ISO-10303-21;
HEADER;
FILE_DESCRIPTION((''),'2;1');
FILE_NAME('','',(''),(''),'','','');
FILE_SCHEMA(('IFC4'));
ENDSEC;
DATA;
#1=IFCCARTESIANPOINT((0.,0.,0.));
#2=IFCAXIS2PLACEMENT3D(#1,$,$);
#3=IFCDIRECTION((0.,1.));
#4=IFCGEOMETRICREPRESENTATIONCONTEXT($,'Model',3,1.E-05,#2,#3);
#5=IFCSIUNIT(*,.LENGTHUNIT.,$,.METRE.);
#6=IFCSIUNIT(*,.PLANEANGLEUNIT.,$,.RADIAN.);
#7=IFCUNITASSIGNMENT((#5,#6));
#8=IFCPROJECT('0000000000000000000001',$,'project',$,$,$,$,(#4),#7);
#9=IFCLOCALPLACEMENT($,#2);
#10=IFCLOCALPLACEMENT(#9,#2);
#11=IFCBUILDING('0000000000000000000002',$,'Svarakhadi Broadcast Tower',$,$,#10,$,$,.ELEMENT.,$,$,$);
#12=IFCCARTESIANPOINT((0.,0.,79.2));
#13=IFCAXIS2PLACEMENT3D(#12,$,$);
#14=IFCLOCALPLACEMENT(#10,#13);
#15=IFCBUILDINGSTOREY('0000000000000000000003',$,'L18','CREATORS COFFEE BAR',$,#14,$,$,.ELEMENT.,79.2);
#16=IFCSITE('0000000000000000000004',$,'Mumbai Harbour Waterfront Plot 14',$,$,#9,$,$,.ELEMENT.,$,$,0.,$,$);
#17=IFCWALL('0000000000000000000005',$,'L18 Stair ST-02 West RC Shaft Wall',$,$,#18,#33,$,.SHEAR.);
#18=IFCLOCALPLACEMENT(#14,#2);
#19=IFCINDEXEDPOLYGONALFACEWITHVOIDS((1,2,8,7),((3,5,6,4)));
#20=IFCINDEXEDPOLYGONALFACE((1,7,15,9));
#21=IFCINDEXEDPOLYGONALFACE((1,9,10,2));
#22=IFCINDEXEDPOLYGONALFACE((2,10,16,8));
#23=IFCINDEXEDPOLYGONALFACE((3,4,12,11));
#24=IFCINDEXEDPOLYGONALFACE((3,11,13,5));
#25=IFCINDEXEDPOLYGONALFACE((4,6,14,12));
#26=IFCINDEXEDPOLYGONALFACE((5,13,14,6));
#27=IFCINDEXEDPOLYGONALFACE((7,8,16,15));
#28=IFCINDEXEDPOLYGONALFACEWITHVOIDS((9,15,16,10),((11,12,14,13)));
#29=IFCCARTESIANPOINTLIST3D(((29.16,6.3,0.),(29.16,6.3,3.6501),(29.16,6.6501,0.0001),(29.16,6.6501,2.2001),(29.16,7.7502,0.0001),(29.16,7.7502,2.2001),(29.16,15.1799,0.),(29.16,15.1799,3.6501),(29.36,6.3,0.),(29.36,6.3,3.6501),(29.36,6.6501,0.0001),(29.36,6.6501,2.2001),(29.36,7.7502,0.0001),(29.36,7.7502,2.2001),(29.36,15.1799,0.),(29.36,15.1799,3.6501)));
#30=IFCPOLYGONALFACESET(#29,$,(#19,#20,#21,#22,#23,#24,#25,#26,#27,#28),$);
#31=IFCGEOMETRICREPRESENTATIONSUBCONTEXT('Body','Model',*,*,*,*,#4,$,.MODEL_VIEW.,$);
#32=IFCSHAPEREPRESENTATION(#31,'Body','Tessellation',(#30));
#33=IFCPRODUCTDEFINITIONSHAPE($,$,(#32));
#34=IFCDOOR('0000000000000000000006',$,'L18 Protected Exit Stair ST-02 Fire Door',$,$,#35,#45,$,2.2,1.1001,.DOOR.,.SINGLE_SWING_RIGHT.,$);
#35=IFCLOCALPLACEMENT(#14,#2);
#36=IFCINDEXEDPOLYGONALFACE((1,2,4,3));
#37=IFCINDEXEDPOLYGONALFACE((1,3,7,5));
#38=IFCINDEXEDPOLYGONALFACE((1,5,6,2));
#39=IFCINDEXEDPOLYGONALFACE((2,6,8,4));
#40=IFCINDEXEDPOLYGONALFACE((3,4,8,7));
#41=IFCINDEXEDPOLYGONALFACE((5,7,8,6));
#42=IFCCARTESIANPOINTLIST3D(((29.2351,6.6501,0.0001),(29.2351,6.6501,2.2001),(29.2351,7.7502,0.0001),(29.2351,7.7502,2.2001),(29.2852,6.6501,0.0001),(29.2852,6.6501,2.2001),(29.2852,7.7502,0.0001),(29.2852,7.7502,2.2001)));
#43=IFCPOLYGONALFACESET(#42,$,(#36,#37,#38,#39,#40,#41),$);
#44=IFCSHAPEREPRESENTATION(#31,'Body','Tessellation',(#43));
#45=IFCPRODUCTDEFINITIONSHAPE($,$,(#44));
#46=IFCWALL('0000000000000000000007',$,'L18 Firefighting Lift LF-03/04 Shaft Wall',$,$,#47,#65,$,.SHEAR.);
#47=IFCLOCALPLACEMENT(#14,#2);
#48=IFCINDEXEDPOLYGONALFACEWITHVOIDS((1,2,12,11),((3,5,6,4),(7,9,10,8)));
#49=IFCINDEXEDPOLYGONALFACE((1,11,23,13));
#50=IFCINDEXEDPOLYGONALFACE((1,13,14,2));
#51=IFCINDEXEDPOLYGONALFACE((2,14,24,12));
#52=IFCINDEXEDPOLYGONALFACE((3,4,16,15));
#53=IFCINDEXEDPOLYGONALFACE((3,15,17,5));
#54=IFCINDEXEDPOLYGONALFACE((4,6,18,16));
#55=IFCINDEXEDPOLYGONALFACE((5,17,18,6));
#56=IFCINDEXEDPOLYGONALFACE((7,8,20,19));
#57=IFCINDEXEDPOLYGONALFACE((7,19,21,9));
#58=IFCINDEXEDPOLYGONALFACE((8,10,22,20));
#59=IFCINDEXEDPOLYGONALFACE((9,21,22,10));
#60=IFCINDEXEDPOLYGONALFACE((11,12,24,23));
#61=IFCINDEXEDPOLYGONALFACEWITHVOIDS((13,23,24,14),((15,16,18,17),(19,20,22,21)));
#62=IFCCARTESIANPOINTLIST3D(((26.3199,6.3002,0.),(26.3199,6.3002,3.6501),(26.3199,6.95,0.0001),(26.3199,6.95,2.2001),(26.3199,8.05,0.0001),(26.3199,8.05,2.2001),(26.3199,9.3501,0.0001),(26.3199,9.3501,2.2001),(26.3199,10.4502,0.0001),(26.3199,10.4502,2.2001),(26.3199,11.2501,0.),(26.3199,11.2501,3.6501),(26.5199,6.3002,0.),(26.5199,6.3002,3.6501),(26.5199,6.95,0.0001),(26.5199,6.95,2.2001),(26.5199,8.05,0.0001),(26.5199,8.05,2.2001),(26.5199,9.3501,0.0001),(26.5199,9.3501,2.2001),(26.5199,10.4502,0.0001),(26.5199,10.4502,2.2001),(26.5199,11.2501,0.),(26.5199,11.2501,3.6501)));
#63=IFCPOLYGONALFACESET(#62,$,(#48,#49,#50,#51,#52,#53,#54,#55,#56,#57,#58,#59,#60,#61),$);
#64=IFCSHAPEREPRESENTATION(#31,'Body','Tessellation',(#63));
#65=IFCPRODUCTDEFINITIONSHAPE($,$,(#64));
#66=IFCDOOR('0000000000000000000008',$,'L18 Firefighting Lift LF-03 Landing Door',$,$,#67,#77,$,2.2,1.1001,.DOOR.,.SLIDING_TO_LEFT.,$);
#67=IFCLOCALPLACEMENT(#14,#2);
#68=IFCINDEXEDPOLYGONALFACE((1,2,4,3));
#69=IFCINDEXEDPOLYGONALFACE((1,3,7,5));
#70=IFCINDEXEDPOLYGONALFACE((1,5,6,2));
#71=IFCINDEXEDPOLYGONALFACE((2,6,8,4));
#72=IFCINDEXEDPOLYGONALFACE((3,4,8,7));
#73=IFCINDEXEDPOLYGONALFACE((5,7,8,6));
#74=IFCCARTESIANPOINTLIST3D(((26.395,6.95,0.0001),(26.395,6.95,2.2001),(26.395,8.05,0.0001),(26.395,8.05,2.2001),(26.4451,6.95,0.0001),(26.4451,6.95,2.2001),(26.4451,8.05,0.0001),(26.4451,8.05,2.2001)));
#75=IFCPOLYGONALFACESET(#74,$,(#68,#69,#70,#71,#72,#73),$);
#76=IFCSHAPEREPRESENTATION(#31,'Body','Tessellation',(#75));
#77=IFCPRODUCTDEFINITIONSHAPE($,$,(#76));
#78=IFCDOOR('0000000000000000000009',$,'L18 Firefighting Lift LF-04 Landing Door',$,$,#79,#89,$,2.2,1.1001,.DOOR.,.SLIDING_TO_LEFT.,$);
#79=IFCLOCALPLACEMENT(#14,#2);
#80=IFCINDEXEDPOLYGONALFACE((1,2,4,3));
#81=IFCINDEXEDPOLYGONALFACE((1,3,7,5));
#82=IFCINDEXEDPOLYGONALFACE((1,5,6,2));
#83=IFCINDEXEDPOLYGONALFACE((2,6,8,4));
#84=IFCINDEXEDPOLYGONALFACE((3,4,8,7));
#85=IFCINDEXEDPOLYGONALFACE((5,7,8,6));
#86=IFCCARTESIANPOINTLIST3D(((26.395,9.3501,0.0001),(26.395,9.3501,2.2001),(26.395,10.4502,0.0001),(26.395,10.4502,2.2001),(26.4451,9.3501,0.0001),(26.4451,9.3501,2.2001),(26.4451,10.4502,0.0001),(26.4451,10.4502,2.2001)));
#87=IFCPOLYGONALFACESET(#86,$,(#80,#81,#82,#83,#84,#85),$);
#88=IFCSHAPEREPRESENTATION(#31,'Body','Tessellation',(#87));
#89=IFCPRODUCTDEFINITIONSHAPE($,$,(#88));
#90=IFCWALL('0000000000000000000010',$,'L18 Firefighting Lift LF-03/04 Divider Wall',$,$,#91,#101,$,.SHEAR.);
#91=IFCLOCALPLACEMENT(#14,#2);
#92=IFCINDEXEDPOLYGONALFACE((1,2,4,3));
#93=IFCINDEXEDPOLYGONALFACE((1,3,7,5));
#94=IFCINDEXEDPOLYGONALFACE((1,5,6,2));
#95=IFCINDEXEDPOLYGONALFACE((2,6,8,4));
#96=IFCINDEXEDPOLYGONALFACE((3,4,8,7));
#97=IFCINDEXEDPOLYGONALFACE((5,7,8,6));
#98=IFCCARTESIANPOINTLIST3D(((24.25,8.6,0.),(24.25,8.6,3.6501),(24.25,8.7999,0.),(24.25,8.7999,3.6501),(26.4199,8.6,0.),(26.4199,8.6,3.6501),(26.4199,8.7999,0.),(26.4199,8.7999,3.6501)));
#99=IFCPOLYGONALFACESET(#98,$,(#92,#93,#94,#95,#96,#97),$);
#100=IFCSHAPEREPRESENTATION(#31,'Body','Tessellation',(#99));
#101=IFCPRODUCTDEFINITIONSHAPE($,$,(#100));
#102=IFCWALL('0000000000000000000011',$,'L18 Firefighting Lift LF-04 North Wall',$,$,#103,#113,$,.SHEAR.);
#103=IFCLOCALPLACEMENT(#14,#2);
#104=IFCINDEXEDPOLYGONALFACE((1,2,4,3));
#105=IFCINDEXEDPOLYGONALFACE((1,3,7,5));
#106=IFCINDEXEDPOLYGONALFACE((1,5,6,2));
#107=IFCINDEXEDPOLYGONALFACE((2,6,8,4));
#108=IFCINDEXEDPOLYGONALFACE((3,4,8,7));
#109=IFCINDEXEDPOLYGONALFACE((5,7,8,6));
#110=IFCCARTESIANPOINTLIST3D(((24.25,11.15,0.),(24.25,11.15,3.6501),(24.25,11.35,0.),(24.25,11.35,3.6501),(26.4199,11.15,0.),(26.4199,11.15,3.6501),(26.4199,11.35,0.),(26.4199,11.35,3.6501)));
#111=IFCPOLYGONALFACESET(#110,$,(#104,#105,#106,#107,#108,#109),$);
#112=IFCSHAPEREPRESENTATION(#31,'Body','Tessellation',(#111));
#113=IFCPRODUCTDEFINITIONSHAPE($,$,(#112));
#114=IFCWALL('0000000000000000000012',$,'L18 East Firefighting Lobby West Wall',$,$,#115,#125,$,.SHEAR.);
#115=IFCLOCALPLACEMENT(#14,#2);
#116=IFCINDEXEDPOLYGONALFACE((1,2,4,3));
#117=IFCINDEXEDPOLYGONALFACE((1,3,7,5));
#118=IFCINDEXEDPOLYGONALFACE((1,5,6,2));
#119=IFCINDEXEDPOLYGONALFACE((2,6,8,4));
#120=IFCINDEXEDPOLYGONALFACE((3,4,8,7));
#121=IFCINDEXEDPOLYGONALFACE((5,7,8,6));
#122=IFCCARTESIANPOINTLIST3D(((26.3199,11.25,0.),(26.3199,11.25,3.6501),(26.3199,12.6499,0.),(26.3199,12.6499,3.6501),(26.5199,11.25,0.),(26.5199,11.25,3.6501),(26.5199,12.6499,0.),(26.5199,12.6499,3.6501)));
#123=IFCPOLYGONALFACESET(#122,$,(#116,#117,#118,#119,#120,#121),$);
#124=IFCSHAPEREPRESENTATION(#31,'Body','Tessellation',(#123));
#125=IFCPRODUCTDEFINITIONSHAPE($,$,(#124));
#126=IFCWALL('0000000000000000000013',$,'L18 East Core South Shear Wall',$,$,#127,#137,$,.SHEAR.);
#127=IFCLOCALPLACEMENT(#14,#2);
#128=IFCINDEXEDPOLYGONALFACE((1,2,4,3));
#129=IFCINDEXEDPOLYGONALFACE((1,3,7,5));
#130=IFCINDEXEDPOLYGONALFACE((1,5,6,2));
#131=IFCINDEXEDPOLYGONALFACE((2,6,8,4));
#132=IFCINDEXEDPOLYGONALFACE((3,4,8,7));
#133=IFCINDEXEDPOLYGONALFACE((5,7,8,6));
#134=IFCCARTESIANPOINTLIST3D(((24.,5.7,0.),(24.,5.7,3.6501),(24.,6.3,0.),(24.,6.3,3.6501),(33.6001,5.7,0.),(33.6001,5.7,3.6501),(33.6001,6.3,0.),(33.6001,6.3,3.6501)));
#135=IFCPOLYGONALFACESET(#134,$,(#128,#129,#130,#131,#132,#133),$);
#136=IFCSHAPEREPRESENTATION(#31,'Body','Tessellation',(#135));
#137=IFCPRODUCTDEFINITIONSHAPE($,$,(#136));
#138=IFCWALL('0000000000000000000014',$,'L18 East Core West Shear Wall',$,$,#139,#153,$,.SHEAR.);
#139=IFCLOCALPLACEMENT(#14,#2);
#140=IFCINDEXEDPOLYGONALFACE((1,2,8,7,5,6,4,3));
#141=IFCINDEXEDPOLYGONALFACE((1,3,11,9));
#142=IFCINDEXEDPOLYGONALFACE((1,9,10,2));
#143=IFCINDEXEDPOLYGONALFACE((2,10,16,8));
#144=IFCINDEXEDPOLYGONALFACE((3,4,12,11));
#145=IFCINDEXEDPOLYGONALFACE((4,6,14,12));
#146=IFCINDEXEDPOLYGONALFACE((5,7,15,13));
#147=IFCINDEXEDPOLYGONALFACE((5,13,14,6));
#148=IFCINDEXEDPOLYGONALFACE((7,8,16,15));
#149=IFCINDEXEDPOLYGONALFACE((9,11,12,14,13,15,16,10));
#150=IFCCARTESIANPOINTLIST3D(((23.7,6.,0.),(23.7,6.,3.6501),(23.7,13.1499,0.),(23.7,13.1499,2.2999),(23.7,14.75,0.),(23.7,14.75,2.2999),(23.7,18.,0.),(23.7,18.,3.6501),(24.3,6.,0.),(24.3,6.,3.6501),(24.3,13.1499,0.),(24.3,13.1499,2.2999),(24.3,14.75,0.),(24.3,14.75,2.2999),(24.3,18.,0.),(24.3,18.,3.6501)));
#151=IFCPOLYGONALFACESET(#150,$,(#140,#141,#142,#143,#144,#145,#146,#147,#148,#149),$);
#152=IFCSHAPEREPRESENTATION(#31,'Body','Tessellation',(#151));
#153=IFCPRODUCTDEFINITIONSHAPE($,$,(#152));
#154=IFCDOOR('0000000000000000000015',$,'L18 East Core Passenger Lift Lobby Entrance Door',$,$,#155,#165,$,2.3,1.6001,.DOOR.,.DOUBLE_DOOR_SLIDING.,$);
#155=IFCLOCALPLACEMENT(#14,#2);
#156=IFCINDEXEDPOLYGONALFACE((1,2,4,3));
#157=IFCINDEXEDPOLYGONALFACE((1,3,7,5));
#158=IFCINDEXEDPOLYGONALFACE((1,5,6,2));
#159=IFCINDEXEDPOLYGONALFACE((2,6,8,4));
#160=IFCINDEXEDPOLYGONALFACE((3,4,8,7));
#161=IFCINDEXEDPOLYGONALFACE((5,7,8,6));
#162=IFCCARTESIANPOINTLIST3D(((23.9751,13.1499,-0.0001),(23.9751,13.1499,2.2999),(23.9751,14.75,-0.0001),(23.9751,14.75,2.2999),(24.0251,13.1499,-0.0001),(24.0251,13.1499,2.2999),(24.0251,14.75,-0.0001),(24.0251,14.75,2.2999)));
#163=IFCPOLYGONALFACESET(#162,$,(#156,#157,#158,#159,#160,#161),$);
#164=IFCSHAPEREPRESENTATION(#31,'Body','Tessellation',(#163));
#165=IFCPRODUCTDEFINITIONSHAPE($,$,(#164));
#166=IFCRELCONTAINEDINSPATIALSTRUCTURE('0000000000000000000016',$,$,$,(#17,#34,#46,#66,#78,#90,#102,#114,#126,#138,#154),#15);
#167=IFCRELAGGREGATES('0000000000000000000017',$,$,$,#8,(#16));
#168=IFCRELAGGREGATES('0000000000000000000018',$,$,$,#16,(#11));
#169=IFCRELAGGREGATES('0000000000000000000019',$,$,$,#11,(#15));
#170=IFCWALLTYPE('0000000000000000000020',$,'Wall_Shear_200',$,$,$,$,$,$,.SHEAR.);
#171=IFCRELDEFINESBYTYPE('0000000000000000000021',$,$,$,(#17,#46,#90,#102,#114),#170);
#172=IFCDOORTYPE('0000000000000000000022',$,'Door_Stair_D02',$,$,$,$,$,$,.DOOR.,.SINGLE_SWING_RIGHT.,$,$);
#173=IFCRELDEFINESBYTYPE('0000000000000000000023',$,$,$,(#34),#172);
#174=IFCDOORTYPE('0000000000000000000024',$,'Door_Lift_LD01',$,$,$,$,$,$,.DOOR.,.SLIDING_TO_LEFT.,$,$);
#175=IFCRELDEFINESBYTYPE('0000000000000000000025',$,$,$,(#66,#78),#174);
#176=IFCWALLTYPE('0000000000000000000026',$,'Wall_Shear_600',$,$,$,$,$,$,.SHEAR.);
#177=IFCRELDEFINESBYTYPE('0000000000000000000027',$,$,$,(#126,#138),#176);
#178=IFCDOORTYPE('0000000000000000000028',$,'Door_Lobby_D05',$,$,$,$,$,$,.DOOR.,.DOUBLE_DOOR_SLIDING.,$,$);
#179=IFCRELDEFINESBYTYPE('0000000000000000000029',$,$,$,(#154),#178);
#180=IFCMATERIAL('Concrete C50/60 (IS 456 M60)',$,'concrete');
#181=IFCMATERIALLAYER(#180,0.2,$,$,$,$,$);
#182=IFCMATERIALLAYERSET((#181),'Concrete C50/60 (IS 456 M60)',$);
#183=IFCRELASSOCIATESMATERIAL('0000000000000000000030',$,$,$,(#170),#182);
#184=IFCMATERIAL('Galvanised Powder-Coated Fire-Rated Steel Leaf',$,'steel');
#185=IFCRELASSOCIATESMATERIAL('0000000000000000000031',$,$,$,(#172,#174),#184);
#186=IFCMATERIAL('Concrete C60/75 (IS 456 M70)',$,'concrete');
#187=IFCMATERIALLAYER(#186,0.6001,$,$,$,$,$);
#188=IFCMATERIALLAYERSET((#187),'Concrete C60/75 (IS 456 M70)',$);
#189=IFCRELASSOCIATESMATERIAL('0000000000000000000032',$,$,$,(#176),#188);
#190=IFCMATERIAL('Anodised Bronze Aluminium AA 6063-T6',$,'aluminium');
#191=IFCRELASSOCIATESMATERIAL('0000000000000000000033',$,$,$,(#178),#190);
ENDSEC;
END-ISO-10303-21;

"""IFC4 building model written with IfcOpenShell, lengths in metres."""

from ifc_helpers import new_model, si_unit, direction, frame, frame_2d, origin, place, context, subcontext, project, spatial, rectangle, extrude, material, layer, layer_set, type_object, element, fill, save


model = new_model("IFC4")

# Units and contexts
model_context = context("Model", 3, precision=1e-05, world=origin(), true_north=direction((0.0, 1.0)))
body_context = subcontext(model_context, "Body", "Model", "MODEL_VIEW")
ifc_project = project(units=[si_unit("LENGTHUNIT", "METRE"), si_unit("PLANEANGLEUNIT", "RADIAN")], contexts=[model_context])

# Site, building, storey
site_placement = place(None, origin())
site = spatial("IfcSite", under=ifc_project, at=site_placement, Name="Mumbai Harbour Waterfront Plot 14", CompositionType="ELEMENT", RefElevation=0.0)
building_placement = place(site_placement, origin())
building = spatial("IfcBuilding", under=site, at=building_placement, Name="Svarakhadi Broadcast Tower", CompositionType="ELEMENT")
storey_placement = place(building_placement, frame((0.0, 0.0, 79.2)))
storey = spatial("IfcBuildingStorey", under=building, at=storey_placement, Name="L18", Description="CREATORS COFFEE BAR", CompositionType="ELEMENT", Elevation=79.2)

# Shared definitions
ifc_material_1 = material(Name="Concrete C60/75 (IS 456 M70)", Category="concrete")

# Wall, opening, door
ifc_material_2 = material(Name="Concrete C50/60 (IS 456 M60)", Category="concrete")
ifc_layer_1 = layer(ifc_material_2, 0.2)
ifc_layer_set_1 = layer_set([ifc_layer_1], Name="Concrete C50/60 (IS 456 M60)")
wall_type_1 = type_object("IfcWallType", Name="Wall_Shear_200", PredefinedType="SHEAR", material=ifc_layer_set_1)
wall_1_placement = place(storey_placement, frame((29.26, 6.3, 0.0), z_axis=(0.0, 0.0, 1.0), x_axis=(0.0, 1.0, 0.0)))
wall_1 = element("IfcWall", 1, at=wall_1_placement, inside=storey, type_object=wall_type_1, Name="L18 Stair ST-02 West RC Shaft Wall", PredefinedType="SHEAR", context=body_context, shape_type="SweptSolid", body=[
    extrude(rectangle(XDim=8.8799, YDim=0.2, at=frame_2d((4.4399, 0.0))), origin(), (0.0, 0.0, 1.0), 3.6501),
])
opening_1_placement = place(wall_1_placement, frame((0.3501, 0.0, 0.0)))
opening_1 = element("IfcOpeningElement", 2, at=opening_1_placement, cuts=wall_1, PredefinedType="OPENING", context=body_context, shape_type="SweptSolid", body=[
    extrude(rectangle(XDim=1.1001, YDim=2.2, at=frame_2d((0.55, 1.1001))), frame((0.0, 0.1099, 0.0), z_axis=(0.0, -1.0, 0.0), x_axis=(1.0, 0.0, 0.0)), (0.0, 0.0, 1.0), 0.22),
])
ifc_material_3 = material(Name="Galvanised Powder-Coated Fire-Rated Steel Leaf", Category="steel")
door_type_1 = type_object("IfcDoorType", Name="Door_Stair_D02", OperationType="SINGLE_SWING_RIGHT", PredefinedType="DOOR", material=ifc_material_3)
door_1_placement = place(opening_1_placement, origin())
door_1 = element("IfcDoor", 3, at=door_1_placement, inside=storey, type_object=door_type_1, Name="L18 Protected Exit Stair ST-02 Fire Door", OperationType="SINGLE_SWING_RIGHT", OverallHeight=2.2, OverallWidth=1.1001, PredefinedType="DOOR", context=body_context, shape_type="SweptSolid", body=[
    extrude(rectangle(XDim=1.1001, YDim=2.2, at=frame_2d((0.55, 1.1001))), frame((0.0, 0.0249, 0.0), z_axis=(0.0, -1.0, 0.0), x_axis=(1.0, 0.0, 0.0)), (0.0, 0.0, 1.0), 0.05),
])
fill(opening_1, door_1)

# Wall, openings, doors
wall_2_placement = place(storey_placement, frame((26.4199, 6.3, 0.0), z_axis=(0.0, 0.0, 1.0), x_axis=(0.0, 1.0, 0.0)))
wall_2 = element("IfcWall", 4, at=wall_2_placement, inside=storey, type_object=wall_type_1, Name="L18 Firefighting Lift LF-03/04 Shaft Wall", PredefinedType="SHEAR", context=body_context, shape_type="SweptSolid", body=[
    extrude(rectangle(XDim=4.95, YDim=0.2, at=frame_2d((2.4751, 0.0))), origin(), (0.0, 0.0, 1.0), 3.6501),
])
opening_2_placement = place(wall_2_placement, frame((0.6499, 0.0, 0.0)))
opening_2 = element("IfcOpeningElement", 5, at=opening_2_placement, cuts=wall_2, PredefinedType="OPENING", context=body_context, shape_type="SweptSolid", body=[
    extrude(rectangle(XDim=1.1001, YDim=2.2, at=frame_2d((0.55, 1.1001))), frame((0.0, 0.1099, 0.0), z_axis=(0.0, -1.0, 0.0), x_axis=(1.0, 0.0, 0.0)), (0.0, 0.0, 1.0), 0.22),
])
opening_3_placement = place(wall_2_placement, frame((3.05, 0.0, 0.0)))
opening_3 = element("IfcOpeningElement", 6, at=opening_3_placement, cuts=wall_2, PredefinedType="OPENING", context=body_context, shape_type="SweptSolid", body=[
    extrude(rectangle(XDim=1.1001, YDim=2.2, at=frame_2d((0.55, 1.1001))), frame((0.0, 0.1099, 0.0), z_axis=(0.0, -1.0, 0.0), x_axis=(1.0, 0.0, 0.0)), (0.0, 0.0, 1.0), 0.22),
])
door_type_2 = type_object("IfcDoorType", Name="Door_Lift_LD01", OperationType="SLIDING_TO_LEFT", PredefinedType="DOOR", material=ifc_material_3)
door_2_placement = place(opening_2_placement, origin())
door_2 = element("IfcDoor", 7, at=door_2_placement, inside=storey, type_object=door_type_2, Name="L18 Firefighting Lift LF-03 Landing Door", OperationType="SLIDING_TO_LEFT", OverallHeight=2.2, OverallWidth=1.1001, PredefinedType="DOOR", context=body_context, shape_type="SweptSolid", body=[
    extrude(rectangle(XDim=1.1001, YDim=2.2, at=frame_2d((0.55, 1.1001))), frame((0.0, 0.0249, 0.0), z_axis=(0.0, -1.0, 0.0), x_axis=(1.0, 0.0, 0.0)), (0.0, 0.0, 1.0), 0.05),
])
fill(opening_2, door_2)
door_3_placement = place(opening_3_placement, origin())
door_3 = element("IfcDoor", 8, at=door_3_placement, inside=storey, type_object=door_type_2, Name="L18 Firefighting Lift LF-04 Landing Door", OperationType="SLIDING_TO_LEFT", OverallHeight=2.2, OverallWidth=1.1001, PredefinedType="DOOR", context=body_context, shape_type="SweptSolid", body=[
    extrude(rectangle(XDim=1.1001, YDim=2.2, at=frame_2d((0.55, 1.1001))), frame((0.0, 0.0249, 0.0), z_axis=(0.0, -1.0, 0.0), x_axis=(1.0, 0.0, 0.0)), (0.0, 0.0, 1.0), 0.05),
])
fill(opening_3, door_3)

# Walls
for number, where, z_axis, x_axis, name in (
    (9, (24.25, 8.7, 0.0), (0.0, 0.0, 1.0), (1.0, 0.0, 0.0), "L18 Firefighting Lift LF-03/04 Divider Wall"),
    (10, (24.25, 11.25, 0.0), (0.0, 0.0, 1.0), (1.0, 0.0, 0.0), "L18 Firefighting Lift LF-04 North Wall"),
):
    element("IfcWall", number, at=place(storey_placement, frame(where, z_axis=z_axis, x_axis=x_axis)), inside=storey, type_object=wall_type_1, Name=name, PredefinedType="SHEAR", context=body_context, shape_type="SweptSolid", body=[
        extrude(rectangle(XDim=2.1699, YDim=0.2, at=frame_2d((1.085, 0.0))), origin(), (0.0, 0.0, 1.0), 3.6501),
    ])
wall_3_placement = place(storey_placement, frame((26.4199, 11.25, 0.0), z_axis=(0.0, 0.0, 1.0), x_axis=(0.0, 1.0, 0.0)))
element("IfcWall", 11, at=wall_3_placement, inside=storey, type_object=wall_type_1, Name="L18 East Firefighting Lobby West Wall", PredefinedType="SHEAR", context=body_context, shape_type="SweptSolid", body=[
    extrude(rectangle(XDim=1.3999, YDim=0.2, at=frame_2d((0.7, 0.0))), origin(), (0.0, 0.0, 1.0), 3.6501),
])
ifc_layer_2 = layer(ifc_material_1, 0.6001)
ifc_layer_set_2 = layer_set([ifc_layer_2], Name="Concrete C60/75 (IS 456 M70)")
wall_type_2 = type_object("IfcWallType", Name="Wall_Shear_600", PredefinedType="SHEAR", material=ifc_layer_set_2)
wall_4_placement = place(storey_placement, frame((24.0, 6.0, 0.0), z_axis=(0.0, 0.0, 1.0), x_axis=(1.0, 0.0, 0.0)))
element("IfcWall", 12, at=wall_4_placement, inside=storey, type_object=wall_type_2, Name="L18 East Core South Shear Wall", PredefinedType="SHEAR", context=body_context, shape_type="SweptSolid", body=[
    extrude(rectangle(XDim=9.6001, YDim=0.6001, at=frame_2d((4.8, 0.0))), origin(), (0.0, 0.0, 1.0), 3.6501),
])

# Wall, opening, door
wall_5_placement = place(storey_placement, frame((24.0, 6.0, 0.0), z_axis=(0.0, 0.0, 1.0), x_axis=(0.0, 1.0, 0.0)))
wall_5 = element("IfcWall", 13, at=wall_5_placement, inside=storey, type_object=wall_type_2, Name="L18 East Core West Shear Wall", PredefinedType="SHEAR", context=body_context, shape_type="SweptSolid", body=[
    extrude(rectangle(XDim=12.0, YDim=0.6001, at=frame_2d((6.0, 0.0))), origin(), (0.0, 0.0, 1.0), 3.6501),
])
opening_4_placement = place(wall_5_placement, frame((7.1499, 0.0, 0.0)))
opening_4 = element("IfcOpeningElement", 14, at=opening_4_placement, cuts=wall_5, PredefinedType="OPENING", context=body_context, shape_type="SweptSolid", body=[
    extrude(rectangle(XDim=1.6001, YDim=2.3, at=frame_2d((0.8, 1.1499))), frame((0.0, 0.3101, 0.0), z_axis=(0.0, -1.0, 0.0), x_axis=(1.0, 0.0, 0.0)), (0.0, 0.0, 1.0), 0.6201),
])
ifc_material_4 = material(Name="Anodised Bronze Aluminium AA 6063-T6", Category="aluminium")
door_type_3 = type_object("IfcDoorType", Name="Door_Lobby_D05", OperationType="DOUBLE_DOOR_SLIDING", PredefinedType="DOOR", material=ifc_material_4)
door_4_placement = place(opening_4_placement, origin())
door_4 = element("IfcDoor", 15, at=door_4_placement, inside=storey, type_object=door_type_3, Name="L18 East Core Passenger Lift Lobby Entrance Door", OperationType="DOUBLE_DOOR_SLIDING", OverallHeight=2.3, OverallWidth=1.6001, PredefinedType="DOOR", context=body_context, shape_type="SweptSolid", body=[
    extrude(rectangle(XDim=1.6001, YDim=2.3, at=frame_2d((0.8, 1.1499))), frame((0.0, 0.0249, 0.0), z_axis=(0.0, -1.0, 0.0), x_axis=(1.0, 0.0, 0.0)), (0.0, 0.0, 1.0), 0.05),
])
fill(opening_4, door_4)

save(model, "model.ifc")
